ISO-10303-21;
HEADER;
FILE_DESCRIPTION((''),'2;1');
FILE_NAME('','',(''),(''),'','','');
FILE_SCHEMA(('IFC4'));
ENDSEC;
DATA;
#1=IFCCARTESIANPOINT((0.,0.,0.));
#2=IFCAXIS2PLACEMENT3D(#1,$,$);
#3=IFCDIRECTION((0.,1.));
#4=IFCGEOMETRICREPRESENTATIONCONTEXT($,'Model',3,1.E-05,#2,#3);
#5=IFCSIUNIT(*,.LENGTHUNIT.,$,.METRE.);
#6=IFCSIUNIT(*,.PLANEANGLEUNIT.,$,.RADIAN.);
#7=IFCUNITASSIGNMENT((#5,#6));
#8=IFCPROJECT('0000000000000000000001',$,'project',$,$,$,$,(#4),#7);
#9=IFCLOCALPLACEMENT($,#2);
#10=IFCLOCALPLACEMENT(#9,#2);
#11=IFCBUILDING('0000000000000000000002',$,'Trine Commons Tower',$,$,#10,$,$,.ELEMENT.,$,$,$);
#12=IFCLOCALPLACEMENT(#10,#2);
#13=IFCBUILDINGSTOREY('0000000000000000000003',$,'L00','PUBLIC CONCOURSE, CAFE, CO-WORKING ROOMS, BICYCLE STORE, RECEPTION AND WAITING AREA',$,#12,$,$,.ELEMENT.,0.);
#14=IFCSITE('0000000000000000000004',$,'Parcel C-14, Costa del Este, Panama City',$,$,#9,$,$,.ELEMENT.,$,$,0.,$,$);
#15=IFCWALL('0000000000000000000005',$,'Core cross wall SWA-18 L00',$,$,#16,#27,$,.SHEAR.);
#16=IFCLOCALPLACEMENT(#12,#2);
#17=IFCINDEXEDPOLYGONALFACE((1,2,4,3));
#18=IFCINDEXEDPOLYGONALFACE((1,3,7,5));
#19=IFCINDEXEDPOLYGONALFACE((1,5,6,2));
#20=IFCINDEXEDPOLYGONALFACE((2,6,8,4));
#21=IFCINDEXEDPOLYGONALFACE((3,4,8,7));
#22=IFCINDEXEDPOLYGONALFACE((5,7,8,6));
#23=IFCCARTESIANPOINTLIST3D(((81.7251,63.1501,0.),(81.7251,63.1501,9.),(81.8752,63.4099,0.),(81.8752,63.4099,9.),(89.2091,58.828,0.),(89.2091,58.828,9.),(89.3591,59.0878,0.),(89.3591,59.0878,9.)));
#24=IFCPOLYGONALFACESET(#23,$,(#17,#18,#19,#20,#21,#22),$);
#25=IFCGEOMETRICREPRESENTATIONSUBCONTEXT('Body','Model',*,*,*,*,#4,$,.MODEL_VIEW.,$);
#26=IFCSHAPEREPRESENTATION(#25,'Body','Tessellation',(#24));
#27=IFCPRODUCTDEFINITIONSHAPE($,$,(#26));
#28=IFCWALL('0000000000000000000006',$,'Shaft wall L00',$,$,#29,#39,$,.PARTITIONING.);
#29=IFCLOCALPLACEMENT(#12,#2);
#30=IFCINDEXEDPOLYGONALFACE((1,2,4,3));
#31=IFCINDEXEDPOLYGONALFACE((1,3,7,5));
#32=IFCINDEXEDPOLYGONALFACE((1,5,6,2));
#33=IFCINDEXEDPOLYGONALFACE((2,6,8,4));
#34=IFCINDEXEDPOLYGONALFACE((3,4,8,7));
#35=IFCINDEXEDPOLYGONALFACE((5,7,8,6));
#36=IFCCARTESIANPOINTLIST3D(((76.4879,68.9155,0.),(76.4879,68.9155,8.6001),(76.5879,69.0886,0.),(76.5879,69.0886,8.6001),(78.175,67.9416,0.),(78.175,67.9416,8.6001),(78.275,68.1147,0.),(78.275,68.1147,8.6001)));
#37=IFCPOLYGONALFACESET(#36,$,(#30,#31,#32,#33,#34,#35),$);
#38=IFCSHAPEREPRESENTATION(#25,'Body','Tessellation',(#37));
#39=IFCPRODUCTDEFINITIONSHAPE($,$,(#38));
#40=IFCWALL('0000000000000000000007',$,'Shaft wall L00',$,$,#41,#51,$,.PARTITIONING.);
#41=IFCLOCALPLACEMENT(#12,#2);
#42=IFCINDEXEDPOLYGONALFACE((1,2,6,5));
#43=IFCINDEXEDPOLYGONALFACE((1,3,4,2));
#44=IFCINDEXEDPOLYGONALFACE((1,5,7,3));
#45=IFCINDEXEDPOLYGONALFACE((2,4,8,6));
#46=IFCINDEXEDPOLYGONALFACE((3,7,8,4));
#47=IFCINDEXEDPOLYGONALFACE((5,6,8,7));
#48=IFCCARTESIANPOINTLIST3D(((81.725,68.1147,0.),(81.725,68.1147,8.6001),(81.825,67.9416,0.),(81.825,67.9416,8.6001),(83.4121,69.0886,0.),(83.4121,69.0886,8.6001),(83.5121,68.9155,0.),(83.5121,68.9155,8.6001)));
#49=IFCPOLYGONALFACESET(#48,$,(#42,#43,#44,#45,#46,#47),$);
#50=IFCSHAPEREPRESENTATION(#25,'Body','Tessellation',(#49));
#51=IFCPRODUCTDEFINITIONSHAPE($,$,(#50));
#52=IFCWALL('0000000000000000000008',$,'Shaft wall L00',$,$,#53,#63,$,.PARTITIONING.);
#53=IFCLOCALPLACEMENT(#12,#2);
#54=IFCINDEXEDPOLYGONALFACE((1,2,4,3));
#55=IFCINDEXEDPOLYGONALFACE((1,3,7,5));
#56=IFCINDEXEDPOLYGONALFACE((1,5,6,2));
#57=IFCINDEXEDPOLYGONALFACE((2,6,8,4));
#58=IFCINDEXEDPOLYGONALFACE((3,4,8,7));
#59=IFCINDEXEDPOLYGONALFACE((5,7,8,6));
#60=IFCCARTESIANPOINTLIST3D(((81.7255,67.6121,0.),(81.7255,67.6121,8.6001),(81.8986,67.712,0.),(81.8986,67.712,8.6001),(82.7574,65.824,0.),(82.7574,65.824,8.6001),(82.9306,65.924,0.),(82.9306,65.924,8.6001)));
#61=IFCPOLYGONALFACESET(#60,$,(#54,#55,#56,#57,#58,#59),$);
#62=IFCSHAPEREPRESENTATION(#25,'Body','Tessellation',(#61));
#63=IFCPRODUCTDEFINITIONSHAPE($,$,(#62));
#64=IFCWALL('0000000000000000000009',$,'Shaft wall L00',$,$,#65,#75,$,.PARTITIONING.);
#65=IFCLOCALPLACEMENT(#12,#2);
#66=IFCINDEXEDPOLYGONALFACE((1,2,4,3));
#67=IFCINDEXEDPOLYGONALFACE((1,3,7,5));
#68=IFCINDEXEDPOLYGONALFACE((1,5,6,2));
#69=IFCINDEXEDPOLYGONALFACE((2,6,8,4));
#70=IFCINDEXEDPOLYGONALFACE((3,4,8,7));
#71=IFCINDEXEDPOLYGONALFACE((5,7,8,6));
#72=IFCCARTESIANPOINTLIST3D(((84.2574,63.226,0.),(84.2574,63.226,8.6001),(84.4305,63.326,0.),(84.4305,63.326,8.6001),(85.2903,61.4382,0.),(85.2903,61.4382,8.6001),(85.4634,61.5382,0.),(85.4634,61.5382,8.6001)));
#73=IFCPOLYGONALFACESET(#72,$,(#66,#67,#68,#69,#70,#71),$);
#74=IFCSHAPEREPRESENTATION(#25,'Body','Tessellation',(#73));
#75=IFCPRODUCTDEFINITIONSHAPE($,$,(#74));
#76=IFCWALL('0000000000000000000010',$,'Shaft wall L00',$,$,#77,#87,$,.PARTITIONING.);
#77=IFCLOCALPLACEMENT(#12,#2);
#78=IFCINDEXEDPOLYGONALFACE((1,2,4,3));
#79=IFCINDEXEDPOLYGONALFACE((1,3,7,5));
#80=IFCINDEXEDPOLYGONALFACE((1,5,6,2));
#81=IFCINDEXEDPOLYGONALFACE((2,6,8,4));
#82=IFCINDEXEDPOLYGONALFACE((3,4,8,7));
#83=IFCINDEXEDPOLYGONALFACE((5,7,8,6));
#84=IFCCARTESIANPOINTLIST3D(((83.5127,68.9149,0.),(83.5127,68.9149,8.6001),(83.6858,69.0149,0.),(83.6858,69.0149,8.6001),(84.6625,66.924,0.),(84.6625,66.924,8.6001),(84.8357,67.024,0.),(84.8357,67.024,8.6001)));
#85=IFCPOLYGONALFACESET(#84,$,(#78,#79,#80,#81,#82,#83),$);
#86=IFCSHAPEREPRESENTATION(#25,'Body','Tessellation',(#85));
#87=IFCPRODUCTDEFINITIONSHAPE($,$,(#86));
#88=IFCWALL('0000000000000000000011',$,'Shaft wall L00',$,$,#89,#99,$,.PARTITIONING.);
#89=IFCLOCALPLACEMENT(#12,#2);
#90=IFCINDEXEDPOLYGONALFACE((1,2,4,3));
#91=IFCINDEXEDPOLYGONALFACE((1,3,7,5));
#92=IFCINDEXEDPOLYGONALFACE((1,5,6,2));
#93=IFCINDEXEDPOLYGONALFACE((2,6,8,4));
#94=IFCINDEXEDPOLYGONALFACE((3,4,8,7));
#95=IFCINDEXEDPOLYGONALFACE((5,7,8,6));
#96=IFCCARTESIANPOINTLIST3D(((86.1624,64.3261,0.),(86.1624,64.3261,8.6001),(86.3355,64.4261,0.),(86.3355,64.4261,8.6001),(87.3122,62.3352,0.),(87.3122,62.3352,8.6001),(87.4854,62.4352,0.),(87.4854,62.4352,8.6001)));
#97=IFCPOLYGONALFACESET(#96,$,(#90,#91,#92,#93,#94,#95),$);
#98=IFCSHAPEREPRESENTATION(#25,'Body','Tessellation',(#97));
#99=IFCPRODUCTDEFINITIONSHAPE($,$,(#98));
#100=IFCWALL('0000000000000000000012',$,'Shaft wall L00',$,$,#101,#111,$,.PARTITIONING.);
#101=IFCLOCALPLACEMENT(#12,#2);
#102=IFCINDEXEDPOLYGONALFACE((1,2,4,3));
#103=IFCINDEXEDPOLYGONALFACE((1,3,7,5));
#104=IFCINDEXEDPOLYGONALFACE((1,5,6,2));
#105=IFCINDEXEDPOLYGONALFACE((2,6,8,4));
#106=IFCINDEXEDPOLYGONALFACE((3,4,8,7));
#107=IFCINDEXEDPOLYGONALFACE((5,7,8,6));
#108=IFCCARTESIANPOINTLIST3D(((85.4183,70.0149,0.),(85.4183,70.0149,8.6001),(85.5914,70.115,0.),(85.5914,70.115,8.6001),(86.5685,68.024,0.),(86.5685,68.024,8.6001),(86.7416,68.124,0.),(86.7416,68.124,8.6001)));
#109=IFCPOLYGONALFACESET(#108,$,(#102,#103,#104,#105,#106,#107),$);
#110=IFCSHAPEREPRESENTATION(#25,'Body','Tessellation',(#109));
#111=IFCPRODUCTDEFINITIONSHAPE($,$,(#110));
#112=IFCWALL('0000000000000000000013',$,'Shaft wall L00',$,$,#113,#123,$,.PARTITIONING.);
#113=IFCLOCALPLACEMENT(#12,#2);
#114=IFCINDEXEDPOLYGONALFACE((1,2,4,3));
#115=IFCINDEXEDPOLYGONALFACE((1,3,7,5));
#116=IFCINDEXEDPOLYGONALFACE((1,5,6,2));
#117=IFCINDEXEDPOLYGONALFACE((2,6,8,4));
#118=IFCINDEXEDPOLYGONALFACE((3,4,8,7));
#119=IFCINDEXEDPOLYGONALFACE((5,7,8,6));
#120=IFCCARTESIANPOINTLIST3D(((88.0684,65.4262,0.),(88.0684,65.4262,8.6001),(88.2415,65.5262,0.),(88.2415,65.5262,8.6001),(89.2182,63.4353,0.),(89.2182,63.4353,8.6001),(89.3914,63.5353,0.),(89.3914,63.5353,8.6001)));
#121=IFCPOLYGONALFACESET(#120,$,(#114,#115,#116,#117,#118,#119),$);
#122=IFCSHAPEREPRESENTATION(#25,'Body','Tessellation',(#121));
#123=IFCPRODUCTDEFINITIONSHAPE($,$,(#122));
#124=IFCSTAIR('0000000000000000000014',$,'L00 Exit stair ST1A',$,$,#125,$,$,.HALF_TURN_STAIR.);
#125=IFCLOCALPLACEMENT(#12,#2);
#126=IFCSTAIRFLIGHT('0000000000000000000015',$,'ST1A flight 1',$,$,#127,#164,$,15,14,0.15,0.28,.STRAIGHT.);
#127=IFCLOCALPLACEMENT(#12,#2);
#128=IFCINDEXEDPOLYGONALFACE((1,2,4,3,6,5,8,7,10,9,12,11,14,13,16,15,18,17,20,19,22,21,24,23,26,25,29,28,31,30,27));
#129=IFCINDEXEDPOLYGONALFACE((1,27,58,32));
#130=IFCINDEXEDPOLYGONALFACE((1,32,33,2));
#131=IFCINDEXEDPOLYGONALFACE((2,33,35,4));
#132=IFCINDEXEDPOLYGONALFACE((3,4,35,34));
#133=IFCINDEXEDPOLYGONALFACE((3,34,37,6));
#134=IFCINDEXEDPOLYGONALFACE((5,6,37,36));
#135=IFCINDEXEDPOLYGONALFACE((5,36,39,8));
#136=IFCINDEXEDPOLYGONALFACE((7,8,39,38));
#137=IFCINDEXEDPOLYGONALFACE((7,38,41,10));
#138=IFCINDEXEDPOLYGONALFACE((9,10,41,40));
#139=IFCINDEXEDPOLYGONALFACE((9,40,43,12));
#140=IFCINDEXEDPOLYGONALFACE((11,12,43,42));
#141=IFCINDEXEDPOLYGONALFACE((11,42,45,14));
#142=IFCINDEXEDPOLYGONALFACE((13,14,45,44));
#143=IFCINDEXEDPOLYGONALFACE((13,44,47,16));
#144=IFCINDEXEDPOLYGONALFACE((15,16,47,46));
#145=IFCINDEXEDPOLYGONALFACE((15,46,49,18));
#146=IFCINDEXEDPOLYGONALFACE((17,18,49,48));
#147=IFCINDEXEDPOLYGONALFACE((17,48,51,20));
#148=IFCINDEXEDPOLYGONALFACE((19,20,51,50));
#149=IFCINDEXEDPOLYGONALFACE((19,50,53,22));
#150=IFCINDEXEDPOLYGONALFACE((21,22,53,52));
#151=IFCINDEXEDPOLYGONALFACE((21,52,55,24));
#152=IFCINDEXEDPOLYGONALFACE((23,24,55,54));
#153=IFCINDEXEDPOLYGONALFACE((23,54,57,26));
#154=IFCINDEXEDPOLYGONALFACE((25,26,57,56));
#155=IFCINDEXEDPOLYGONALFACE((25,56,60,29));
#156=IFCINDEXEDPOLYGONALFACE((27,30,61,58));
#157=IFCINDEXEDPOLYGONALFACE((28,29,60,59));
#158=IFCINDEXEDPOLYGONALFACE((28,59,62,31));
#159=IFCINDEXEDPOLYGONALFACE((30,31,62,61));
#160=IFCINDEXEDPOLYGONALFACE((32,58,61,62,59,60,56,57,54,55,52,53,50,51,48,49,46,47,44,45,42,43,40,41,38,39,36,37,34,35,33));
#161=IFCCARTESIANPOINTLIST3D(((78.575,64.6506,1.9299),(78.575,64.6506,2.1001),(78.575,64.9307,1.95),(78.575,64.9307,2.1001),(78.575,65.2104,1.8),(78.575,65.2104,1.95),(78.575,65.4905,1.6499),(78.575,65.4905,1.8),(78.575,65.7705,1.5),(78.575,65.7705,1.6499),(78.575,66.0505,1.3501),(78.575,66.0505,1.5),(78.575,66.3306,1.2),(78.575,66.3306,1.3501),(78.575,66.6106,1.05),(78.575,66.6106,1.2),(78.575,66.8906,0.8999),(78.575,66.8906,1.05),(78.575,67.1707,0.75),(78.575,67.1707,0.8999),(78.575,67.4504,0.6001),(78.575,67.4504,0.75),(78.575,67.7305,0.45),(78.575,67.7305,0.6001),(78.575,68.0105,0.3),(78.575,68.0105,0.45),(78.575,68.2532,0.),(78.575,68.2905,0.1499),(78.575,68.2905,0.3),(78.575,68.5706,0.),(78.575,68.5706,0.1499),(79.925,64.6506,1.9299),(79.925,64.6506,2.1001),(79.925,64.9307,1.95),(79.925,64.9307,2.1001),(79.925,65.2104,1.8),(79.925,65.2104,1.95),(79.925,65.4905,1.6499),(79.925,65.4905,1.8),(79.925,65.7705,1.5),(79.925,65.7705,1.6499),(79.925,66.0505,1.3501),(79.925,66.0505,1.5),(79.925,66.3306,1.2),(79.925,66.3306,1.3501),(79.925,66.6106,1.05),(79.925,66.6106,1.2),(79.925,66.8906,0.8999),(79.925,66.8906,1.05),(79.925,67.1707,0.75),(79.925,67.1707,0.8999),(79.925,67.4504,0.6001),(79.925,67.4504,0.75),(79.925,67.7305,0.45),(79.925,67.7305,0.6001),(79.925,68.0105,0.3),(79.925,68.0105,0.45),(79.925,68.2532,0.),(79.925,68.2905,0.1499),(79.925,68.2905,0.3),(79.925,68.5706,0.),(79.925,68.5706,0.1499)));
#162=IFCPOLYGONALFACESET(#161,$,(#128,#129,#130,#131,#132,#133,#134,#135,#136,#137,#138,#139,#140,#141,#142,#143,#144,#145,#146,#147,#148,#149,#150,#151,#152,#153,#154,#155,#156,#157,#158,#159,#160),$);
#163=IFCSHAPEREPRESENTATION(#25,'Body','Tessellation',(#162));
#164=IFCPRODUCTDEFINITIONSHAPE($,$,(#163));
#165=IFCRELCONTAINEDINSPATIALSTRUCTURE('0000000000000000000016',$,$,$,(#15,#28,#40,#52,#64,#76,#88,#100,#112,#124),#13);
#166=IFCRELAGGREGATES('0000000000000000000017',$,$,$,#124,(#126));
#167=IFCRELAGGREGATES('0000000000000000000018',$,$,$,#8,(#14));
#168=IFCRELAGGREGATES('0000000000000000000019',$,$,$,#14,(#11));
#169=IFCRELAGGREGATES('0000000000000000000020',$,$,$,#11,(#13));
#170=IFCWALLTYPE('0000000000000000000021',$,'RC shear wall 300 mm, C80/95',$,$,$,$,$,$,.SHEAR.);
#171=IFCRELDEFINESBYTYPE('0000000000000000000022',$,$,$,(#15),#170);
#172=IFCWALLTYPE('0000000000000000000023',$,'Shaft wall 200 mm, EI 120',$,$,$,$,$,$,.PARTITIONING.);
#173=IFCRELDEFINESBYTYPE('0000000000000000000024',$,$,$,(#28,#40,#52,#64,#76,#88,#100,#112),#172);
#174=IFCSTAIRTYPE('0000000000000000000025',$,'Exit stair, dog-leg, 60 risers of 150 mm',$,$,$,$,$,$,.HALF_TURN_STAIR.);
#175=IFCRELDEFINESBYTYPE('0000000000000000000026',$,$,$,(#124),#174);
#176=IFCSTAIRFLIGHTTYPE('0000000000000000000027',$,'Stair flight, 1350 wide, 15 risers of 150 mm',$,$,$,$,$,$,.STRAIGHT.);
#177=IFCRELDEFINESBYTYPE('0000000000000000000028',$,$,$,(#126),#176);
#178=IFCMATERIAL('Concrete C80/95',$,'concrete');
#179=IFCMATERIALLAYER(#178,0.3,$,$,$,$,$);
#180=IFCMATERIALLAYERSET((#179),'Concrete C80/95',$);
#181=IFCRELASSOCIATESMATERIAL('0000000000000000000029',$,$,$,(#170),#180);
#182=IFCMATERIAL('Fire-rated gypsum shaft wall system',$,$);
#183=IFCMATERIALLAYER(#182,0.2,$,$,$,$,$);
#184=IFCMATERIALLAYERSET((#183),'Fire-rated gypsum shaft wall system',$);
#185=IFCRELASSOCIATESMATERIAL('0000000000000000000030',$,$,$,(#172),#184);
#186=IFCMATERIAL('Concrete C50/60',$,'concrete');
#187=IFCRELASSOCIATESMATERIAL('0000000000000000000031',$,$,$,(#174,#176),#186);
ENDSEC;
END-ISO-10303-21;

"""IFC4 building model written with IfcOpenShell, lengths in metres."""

from ifc_helpers import new_model, si_unit, direction, frame, frame_2d, origin, place, context, subcontext, project, spatial, polyline, rectangle, outline, extrude, material, layer, layer_set, type_object, element, aggregate, save


model = new_model("IFC4")

# Units and contexts
model_context = context("Model", 3, precision=1e-05, world=origin(), true_north=direction((0.0, 1.0)))
body_context = subcontext(model_context, "Body", "Model", "MODEL_VIEW")
ifc_project = project(units=[si_unit("LENGTHUNIT", "METRE"), si_unit("PLANEANGLEUNIT", "RADIAN")], contexts=[model_context])

# Site, building, storey
site_placement = place(None, origin())
site = spatial("IfcSite", under=ifc_project, at=site_placement, Name="Parcel C-14, Costa del Este, Panama City", CompositionType="ELEMENT", RefElevation=0.0)
building_placement = place(site_placement, origin())
building = spatial("IfcBuilding", under=site, at=building_placement, Name="Trine Commons Tower", CompositionType="ELEMENT")
storey_placement = place(building_placement, origin())
storey = spatial("IfcBuildingStorey", under=building, at=storey_placement, Name="L00", Description="PUBLIC CONCOURSE, CAFE, CO-WORKING ROOMS, BICYCLE STORE, RECEPTION AND WAITING AREA", CompositionType="ELEMENT", Elevation=0.0)

# Shared definitions
ifc_material_1 = material(Name="Fire-rated gypsum shaft wall system")
ifc_material_2 = material(Name="Concrete C80/95", Category="concrete")

# Shared definitions
ifc_layer_1 = layer(ifc_material_2, 0.3)
ifc_layer_set_1 = layer_set([ifc_layer_1], Name="Concrete C80/95")
wall_type_1 = type_object("IfcWallType", Name="RC shear wall 300 mm, C80/95", PredefinedType="SHEAR", material=ifc_layer_set_1)

# Walls
wall_1_placement = place(storey_placement, frame((81.8, 63.28, 0.0), z_axis=(0.0, 0.0, 1.0), x_axis=(0.865965, -0.500104, 0.0)))
element("IfcWall", 1, at=wall_1_placement, inside=storey, type_object=wall_type_1, Name="Core cross wall SWA-18 L00", PredefinedType="SHEAR", context=body_context, shape_type="SweptSolid", body=[
    extrude(rectangle(XDim=8.6423, YDim=0.3, at=frame_2d((4.3213, 0.0))), origin(), (0.0, 0.0, 1.0), 9.0),
])
ifc_layer_2 = layer(ifc_material_1, 0.2)
ifc_layer_set_2 = layer_set([ifc_layer_2], Name="Fire-rated gypsum shaft wall system")
wall_type_2 = type_object("IfcWallType", Name="Shaft wall 200 mm, EI 120", PredefinedType="PARTITIONING", material=ifc_layer_set_2)
for number, where, z_axis, x_axis, name in (
    (2, (78.2251, 68.0281, 0.0), (0.0, 0.0, 1.0), (-0.866052, 0.499954, 0.0), "Shaft wall L00"),
    (3, (81.7749, 68.0281, 0.0), (0.0, 0.0, 1.0), (0.866052, 0.499954, 0.0), "Shaft wall L00"),
):
    element("IfcWall", number, at=place(storey_placement, frame(where, z_axis=z_axis, x_axis=x_axis)), inside=storey, type_object=wall_type_2, Name=name, PredefinedType="PARTITIONING", context=body_context, shape_type="SweptSolid", body=[
        extrude(rectangle(XDim=1.948, YDim=0.2, at=frame_2d((0.9741, 0.0))), origin(), (0.0, 0.0, 1.0), 8.6001),
    ])
wall_2_placement = place(storey_placement, frame((82.844, 65.874, 0.0), z_axis=(0.0, 0.0, 1.0), x_axis=(-0.499866, 0.866103, 0.0)))
element("IfcWall", 4, at=wall_2_placement, inside=storey, type_object=wall_type_2, Name="Shaft wall L00", PredefinedType="PARTITIONING", context=body_context, shape_type="SweptSolid", body=[
    extrude(rectangle(XDim=2.0645, YDim=0.2, at=frame_2d((1.0322, 0.0))), origin(), (0.0, 0.0, 1.0), 8.6001),
])
wall_3_placement = place(storey_placement, frame((84.344, 63.2759, 0.0), z_axis=(0.0, 0.0, 1.0), x_axis=(0.500272, -0.865868, 0.0)))
element("IfcWall", 5, at=wall_3_placement, inside=storey, type_object=wall_type_2, Name="Shaft wall L00", PredefinedType="PARTITIONING", context=body_context, shape_type="SweptSolid", body=[
    extrude(rectangle(XDim=2.0647, YDim=0.2, at=frame_2d((1.0322, 0.0))), origin(), (0.0, 0.0, 1.0), 8.6001),
])
for number, where, z_axis, x_axis, name in (
    (6, (84.749, 66.9741, 0.0), (0.0, 0.0, 1.0), (-0.500136, 0.865947, 0.0), "Shaft wall L00"),
    (7, (86.249, 64.376, 0.0), (0.0, 0.0, 1.0), (0.500136, -0.865947, 0.0), "Shaft wall L00"),
):
    element("IfcWall", number, at=place(storey_placement, frame(where, z_axis=z_axis, x_axis=x_axis)), inside=storey, type_object=wall_type_2, Name=name, PredefinedType="PARTITIONING", context=body_context, shape_type="SweptSolid", body=[
        extrude(rectangle(XDim=2.2991, YDim=0.2, at=frame_2d((1.1494, 0.0))), origin(), (0.0, 0.0, 1.0), 8.6001),
    ])
wall_4_placement = place(storey_placement, frame((86.655, 68.074, 0.0), z_axis=(0.0, 0.0, 1.0), x_axis=(-0.500216, 0.865901, 0.0)))
element("IfcWall", 8, at=wall_4_placement, inside=storey, type_object=wall_type_2, Name="Shaft wall L00", PredefinedType="PARTITIONING", context=body_context, shape_type="SweptSolid", body=[
    extrude(rectangle(XDim=2.2993, YDim=0.2, at=frame_2d((1.1497, 0.0))), origin(), (0.0, 0.0, 1.0), 8.6001),
])
wall_5_placement = place(storey_placement, frame((88.155, 65.4761, 0.0), z_axis=(0.0, 0.0, 1.0), x_axis=(0.500136, -0.865947, 0.0)))
element("IfcWall", 9, at=wall_5_placement, inside=storey, type_object=wall_type_2, Name="Shaft wall L00", PredefinedType="PARTITIONING", context=body_context, shape_type="SweptSolid", body=[
    extrude(rectangle(XDim=2.2991, YDim=0.2, at=frame_2d((1.1494, 0.0))), origin(), (0.0, 0.0, 1.0), 8.6001),
])

# Stair, stair flight
ifc_material_3 = material(Name="Concrete C50/60", Category="concrete")
stair_type = type_object("IfcStairType", Name="Exit stair, dog-leg, 60 risers of 150 mm", PredefinedType="HALF_TURN_STAIR", material=ifc_material_3)
stair_placement = place(storey_placement, origin())
stair = element("IfcStair", 10, at=stair_placement, inside=storey, type_object=stair_type, Name="L00 Exit stair ST1A", PredefinedType="HALF_TURN_STAIR")
stair_flight_type = type_object("IfcStairFlightType", Name="Stair flight, 1350 wide, 15 risers of 150 mm", PredefinedType="STRAIGHT", material=ifc_material_3)
stair_flight_1_placement = place(storey_placement, frame((79.25, 68.5706, 0.0), z_axis=(0.0, 0.0, 1.0), x_axis=(0.0, -1.0, 0.0)))
stair_flight_1 = element("IfcStairFlight", 11, at=stair_flight_1_placement, type_object=stair_flight_type, Name="ST1A flight 1", NumberOfRisers=15, NumberOfTreads=14, PredefinedType="STRAIGHT", RiserHeight=0.15, TreadLength=0.28, context=body_context, shape_type="SweptSolid", body=[
    extrude(outline(polyline([(0.0, 0.0), (0.0, 0.1499), (0.28, 0.1499), (0.28, 0.3), (0.5601, 0.3), (0.5601, 0.45), (0.8401, 0.45), (0.8401, 0.6001), (1.1201, 0.6001), (1.1201, 0.75), (1.3999, 0.75), (1.3999, 0.8999), (1.6799, 0.8999), (1.6799, 1.05), (1.96, 1.05), (1.96, 1.2), (2.24, 1.2), (2.24, 1.3501), (2.52, 1.3501), (2.52, 1.5), (2.8, 1.5), (2.8, 1.6499), (3.0801, 1.6499), (3.0801, 1.8), (3.3601, 1.8), (3.3601, 1.95), (3.6399, 1.95), (3.6399, 2.1001), (3.9199, 2.1001), (3.9199, 2.25), (3.9199, 1.9299), (0.3174, 0.0), (0.0, 0.0)])), frame((0.0, 0.675, 0.0), z_axis=(0.0, -1.0, 0.0), x_axis=(1.0, 0.0, 0.0)), (0.0, 0.0, 1.0), 1.3501),
])
aggregate(stair, [stair_flight_1])

save(model, "model.ifc")
